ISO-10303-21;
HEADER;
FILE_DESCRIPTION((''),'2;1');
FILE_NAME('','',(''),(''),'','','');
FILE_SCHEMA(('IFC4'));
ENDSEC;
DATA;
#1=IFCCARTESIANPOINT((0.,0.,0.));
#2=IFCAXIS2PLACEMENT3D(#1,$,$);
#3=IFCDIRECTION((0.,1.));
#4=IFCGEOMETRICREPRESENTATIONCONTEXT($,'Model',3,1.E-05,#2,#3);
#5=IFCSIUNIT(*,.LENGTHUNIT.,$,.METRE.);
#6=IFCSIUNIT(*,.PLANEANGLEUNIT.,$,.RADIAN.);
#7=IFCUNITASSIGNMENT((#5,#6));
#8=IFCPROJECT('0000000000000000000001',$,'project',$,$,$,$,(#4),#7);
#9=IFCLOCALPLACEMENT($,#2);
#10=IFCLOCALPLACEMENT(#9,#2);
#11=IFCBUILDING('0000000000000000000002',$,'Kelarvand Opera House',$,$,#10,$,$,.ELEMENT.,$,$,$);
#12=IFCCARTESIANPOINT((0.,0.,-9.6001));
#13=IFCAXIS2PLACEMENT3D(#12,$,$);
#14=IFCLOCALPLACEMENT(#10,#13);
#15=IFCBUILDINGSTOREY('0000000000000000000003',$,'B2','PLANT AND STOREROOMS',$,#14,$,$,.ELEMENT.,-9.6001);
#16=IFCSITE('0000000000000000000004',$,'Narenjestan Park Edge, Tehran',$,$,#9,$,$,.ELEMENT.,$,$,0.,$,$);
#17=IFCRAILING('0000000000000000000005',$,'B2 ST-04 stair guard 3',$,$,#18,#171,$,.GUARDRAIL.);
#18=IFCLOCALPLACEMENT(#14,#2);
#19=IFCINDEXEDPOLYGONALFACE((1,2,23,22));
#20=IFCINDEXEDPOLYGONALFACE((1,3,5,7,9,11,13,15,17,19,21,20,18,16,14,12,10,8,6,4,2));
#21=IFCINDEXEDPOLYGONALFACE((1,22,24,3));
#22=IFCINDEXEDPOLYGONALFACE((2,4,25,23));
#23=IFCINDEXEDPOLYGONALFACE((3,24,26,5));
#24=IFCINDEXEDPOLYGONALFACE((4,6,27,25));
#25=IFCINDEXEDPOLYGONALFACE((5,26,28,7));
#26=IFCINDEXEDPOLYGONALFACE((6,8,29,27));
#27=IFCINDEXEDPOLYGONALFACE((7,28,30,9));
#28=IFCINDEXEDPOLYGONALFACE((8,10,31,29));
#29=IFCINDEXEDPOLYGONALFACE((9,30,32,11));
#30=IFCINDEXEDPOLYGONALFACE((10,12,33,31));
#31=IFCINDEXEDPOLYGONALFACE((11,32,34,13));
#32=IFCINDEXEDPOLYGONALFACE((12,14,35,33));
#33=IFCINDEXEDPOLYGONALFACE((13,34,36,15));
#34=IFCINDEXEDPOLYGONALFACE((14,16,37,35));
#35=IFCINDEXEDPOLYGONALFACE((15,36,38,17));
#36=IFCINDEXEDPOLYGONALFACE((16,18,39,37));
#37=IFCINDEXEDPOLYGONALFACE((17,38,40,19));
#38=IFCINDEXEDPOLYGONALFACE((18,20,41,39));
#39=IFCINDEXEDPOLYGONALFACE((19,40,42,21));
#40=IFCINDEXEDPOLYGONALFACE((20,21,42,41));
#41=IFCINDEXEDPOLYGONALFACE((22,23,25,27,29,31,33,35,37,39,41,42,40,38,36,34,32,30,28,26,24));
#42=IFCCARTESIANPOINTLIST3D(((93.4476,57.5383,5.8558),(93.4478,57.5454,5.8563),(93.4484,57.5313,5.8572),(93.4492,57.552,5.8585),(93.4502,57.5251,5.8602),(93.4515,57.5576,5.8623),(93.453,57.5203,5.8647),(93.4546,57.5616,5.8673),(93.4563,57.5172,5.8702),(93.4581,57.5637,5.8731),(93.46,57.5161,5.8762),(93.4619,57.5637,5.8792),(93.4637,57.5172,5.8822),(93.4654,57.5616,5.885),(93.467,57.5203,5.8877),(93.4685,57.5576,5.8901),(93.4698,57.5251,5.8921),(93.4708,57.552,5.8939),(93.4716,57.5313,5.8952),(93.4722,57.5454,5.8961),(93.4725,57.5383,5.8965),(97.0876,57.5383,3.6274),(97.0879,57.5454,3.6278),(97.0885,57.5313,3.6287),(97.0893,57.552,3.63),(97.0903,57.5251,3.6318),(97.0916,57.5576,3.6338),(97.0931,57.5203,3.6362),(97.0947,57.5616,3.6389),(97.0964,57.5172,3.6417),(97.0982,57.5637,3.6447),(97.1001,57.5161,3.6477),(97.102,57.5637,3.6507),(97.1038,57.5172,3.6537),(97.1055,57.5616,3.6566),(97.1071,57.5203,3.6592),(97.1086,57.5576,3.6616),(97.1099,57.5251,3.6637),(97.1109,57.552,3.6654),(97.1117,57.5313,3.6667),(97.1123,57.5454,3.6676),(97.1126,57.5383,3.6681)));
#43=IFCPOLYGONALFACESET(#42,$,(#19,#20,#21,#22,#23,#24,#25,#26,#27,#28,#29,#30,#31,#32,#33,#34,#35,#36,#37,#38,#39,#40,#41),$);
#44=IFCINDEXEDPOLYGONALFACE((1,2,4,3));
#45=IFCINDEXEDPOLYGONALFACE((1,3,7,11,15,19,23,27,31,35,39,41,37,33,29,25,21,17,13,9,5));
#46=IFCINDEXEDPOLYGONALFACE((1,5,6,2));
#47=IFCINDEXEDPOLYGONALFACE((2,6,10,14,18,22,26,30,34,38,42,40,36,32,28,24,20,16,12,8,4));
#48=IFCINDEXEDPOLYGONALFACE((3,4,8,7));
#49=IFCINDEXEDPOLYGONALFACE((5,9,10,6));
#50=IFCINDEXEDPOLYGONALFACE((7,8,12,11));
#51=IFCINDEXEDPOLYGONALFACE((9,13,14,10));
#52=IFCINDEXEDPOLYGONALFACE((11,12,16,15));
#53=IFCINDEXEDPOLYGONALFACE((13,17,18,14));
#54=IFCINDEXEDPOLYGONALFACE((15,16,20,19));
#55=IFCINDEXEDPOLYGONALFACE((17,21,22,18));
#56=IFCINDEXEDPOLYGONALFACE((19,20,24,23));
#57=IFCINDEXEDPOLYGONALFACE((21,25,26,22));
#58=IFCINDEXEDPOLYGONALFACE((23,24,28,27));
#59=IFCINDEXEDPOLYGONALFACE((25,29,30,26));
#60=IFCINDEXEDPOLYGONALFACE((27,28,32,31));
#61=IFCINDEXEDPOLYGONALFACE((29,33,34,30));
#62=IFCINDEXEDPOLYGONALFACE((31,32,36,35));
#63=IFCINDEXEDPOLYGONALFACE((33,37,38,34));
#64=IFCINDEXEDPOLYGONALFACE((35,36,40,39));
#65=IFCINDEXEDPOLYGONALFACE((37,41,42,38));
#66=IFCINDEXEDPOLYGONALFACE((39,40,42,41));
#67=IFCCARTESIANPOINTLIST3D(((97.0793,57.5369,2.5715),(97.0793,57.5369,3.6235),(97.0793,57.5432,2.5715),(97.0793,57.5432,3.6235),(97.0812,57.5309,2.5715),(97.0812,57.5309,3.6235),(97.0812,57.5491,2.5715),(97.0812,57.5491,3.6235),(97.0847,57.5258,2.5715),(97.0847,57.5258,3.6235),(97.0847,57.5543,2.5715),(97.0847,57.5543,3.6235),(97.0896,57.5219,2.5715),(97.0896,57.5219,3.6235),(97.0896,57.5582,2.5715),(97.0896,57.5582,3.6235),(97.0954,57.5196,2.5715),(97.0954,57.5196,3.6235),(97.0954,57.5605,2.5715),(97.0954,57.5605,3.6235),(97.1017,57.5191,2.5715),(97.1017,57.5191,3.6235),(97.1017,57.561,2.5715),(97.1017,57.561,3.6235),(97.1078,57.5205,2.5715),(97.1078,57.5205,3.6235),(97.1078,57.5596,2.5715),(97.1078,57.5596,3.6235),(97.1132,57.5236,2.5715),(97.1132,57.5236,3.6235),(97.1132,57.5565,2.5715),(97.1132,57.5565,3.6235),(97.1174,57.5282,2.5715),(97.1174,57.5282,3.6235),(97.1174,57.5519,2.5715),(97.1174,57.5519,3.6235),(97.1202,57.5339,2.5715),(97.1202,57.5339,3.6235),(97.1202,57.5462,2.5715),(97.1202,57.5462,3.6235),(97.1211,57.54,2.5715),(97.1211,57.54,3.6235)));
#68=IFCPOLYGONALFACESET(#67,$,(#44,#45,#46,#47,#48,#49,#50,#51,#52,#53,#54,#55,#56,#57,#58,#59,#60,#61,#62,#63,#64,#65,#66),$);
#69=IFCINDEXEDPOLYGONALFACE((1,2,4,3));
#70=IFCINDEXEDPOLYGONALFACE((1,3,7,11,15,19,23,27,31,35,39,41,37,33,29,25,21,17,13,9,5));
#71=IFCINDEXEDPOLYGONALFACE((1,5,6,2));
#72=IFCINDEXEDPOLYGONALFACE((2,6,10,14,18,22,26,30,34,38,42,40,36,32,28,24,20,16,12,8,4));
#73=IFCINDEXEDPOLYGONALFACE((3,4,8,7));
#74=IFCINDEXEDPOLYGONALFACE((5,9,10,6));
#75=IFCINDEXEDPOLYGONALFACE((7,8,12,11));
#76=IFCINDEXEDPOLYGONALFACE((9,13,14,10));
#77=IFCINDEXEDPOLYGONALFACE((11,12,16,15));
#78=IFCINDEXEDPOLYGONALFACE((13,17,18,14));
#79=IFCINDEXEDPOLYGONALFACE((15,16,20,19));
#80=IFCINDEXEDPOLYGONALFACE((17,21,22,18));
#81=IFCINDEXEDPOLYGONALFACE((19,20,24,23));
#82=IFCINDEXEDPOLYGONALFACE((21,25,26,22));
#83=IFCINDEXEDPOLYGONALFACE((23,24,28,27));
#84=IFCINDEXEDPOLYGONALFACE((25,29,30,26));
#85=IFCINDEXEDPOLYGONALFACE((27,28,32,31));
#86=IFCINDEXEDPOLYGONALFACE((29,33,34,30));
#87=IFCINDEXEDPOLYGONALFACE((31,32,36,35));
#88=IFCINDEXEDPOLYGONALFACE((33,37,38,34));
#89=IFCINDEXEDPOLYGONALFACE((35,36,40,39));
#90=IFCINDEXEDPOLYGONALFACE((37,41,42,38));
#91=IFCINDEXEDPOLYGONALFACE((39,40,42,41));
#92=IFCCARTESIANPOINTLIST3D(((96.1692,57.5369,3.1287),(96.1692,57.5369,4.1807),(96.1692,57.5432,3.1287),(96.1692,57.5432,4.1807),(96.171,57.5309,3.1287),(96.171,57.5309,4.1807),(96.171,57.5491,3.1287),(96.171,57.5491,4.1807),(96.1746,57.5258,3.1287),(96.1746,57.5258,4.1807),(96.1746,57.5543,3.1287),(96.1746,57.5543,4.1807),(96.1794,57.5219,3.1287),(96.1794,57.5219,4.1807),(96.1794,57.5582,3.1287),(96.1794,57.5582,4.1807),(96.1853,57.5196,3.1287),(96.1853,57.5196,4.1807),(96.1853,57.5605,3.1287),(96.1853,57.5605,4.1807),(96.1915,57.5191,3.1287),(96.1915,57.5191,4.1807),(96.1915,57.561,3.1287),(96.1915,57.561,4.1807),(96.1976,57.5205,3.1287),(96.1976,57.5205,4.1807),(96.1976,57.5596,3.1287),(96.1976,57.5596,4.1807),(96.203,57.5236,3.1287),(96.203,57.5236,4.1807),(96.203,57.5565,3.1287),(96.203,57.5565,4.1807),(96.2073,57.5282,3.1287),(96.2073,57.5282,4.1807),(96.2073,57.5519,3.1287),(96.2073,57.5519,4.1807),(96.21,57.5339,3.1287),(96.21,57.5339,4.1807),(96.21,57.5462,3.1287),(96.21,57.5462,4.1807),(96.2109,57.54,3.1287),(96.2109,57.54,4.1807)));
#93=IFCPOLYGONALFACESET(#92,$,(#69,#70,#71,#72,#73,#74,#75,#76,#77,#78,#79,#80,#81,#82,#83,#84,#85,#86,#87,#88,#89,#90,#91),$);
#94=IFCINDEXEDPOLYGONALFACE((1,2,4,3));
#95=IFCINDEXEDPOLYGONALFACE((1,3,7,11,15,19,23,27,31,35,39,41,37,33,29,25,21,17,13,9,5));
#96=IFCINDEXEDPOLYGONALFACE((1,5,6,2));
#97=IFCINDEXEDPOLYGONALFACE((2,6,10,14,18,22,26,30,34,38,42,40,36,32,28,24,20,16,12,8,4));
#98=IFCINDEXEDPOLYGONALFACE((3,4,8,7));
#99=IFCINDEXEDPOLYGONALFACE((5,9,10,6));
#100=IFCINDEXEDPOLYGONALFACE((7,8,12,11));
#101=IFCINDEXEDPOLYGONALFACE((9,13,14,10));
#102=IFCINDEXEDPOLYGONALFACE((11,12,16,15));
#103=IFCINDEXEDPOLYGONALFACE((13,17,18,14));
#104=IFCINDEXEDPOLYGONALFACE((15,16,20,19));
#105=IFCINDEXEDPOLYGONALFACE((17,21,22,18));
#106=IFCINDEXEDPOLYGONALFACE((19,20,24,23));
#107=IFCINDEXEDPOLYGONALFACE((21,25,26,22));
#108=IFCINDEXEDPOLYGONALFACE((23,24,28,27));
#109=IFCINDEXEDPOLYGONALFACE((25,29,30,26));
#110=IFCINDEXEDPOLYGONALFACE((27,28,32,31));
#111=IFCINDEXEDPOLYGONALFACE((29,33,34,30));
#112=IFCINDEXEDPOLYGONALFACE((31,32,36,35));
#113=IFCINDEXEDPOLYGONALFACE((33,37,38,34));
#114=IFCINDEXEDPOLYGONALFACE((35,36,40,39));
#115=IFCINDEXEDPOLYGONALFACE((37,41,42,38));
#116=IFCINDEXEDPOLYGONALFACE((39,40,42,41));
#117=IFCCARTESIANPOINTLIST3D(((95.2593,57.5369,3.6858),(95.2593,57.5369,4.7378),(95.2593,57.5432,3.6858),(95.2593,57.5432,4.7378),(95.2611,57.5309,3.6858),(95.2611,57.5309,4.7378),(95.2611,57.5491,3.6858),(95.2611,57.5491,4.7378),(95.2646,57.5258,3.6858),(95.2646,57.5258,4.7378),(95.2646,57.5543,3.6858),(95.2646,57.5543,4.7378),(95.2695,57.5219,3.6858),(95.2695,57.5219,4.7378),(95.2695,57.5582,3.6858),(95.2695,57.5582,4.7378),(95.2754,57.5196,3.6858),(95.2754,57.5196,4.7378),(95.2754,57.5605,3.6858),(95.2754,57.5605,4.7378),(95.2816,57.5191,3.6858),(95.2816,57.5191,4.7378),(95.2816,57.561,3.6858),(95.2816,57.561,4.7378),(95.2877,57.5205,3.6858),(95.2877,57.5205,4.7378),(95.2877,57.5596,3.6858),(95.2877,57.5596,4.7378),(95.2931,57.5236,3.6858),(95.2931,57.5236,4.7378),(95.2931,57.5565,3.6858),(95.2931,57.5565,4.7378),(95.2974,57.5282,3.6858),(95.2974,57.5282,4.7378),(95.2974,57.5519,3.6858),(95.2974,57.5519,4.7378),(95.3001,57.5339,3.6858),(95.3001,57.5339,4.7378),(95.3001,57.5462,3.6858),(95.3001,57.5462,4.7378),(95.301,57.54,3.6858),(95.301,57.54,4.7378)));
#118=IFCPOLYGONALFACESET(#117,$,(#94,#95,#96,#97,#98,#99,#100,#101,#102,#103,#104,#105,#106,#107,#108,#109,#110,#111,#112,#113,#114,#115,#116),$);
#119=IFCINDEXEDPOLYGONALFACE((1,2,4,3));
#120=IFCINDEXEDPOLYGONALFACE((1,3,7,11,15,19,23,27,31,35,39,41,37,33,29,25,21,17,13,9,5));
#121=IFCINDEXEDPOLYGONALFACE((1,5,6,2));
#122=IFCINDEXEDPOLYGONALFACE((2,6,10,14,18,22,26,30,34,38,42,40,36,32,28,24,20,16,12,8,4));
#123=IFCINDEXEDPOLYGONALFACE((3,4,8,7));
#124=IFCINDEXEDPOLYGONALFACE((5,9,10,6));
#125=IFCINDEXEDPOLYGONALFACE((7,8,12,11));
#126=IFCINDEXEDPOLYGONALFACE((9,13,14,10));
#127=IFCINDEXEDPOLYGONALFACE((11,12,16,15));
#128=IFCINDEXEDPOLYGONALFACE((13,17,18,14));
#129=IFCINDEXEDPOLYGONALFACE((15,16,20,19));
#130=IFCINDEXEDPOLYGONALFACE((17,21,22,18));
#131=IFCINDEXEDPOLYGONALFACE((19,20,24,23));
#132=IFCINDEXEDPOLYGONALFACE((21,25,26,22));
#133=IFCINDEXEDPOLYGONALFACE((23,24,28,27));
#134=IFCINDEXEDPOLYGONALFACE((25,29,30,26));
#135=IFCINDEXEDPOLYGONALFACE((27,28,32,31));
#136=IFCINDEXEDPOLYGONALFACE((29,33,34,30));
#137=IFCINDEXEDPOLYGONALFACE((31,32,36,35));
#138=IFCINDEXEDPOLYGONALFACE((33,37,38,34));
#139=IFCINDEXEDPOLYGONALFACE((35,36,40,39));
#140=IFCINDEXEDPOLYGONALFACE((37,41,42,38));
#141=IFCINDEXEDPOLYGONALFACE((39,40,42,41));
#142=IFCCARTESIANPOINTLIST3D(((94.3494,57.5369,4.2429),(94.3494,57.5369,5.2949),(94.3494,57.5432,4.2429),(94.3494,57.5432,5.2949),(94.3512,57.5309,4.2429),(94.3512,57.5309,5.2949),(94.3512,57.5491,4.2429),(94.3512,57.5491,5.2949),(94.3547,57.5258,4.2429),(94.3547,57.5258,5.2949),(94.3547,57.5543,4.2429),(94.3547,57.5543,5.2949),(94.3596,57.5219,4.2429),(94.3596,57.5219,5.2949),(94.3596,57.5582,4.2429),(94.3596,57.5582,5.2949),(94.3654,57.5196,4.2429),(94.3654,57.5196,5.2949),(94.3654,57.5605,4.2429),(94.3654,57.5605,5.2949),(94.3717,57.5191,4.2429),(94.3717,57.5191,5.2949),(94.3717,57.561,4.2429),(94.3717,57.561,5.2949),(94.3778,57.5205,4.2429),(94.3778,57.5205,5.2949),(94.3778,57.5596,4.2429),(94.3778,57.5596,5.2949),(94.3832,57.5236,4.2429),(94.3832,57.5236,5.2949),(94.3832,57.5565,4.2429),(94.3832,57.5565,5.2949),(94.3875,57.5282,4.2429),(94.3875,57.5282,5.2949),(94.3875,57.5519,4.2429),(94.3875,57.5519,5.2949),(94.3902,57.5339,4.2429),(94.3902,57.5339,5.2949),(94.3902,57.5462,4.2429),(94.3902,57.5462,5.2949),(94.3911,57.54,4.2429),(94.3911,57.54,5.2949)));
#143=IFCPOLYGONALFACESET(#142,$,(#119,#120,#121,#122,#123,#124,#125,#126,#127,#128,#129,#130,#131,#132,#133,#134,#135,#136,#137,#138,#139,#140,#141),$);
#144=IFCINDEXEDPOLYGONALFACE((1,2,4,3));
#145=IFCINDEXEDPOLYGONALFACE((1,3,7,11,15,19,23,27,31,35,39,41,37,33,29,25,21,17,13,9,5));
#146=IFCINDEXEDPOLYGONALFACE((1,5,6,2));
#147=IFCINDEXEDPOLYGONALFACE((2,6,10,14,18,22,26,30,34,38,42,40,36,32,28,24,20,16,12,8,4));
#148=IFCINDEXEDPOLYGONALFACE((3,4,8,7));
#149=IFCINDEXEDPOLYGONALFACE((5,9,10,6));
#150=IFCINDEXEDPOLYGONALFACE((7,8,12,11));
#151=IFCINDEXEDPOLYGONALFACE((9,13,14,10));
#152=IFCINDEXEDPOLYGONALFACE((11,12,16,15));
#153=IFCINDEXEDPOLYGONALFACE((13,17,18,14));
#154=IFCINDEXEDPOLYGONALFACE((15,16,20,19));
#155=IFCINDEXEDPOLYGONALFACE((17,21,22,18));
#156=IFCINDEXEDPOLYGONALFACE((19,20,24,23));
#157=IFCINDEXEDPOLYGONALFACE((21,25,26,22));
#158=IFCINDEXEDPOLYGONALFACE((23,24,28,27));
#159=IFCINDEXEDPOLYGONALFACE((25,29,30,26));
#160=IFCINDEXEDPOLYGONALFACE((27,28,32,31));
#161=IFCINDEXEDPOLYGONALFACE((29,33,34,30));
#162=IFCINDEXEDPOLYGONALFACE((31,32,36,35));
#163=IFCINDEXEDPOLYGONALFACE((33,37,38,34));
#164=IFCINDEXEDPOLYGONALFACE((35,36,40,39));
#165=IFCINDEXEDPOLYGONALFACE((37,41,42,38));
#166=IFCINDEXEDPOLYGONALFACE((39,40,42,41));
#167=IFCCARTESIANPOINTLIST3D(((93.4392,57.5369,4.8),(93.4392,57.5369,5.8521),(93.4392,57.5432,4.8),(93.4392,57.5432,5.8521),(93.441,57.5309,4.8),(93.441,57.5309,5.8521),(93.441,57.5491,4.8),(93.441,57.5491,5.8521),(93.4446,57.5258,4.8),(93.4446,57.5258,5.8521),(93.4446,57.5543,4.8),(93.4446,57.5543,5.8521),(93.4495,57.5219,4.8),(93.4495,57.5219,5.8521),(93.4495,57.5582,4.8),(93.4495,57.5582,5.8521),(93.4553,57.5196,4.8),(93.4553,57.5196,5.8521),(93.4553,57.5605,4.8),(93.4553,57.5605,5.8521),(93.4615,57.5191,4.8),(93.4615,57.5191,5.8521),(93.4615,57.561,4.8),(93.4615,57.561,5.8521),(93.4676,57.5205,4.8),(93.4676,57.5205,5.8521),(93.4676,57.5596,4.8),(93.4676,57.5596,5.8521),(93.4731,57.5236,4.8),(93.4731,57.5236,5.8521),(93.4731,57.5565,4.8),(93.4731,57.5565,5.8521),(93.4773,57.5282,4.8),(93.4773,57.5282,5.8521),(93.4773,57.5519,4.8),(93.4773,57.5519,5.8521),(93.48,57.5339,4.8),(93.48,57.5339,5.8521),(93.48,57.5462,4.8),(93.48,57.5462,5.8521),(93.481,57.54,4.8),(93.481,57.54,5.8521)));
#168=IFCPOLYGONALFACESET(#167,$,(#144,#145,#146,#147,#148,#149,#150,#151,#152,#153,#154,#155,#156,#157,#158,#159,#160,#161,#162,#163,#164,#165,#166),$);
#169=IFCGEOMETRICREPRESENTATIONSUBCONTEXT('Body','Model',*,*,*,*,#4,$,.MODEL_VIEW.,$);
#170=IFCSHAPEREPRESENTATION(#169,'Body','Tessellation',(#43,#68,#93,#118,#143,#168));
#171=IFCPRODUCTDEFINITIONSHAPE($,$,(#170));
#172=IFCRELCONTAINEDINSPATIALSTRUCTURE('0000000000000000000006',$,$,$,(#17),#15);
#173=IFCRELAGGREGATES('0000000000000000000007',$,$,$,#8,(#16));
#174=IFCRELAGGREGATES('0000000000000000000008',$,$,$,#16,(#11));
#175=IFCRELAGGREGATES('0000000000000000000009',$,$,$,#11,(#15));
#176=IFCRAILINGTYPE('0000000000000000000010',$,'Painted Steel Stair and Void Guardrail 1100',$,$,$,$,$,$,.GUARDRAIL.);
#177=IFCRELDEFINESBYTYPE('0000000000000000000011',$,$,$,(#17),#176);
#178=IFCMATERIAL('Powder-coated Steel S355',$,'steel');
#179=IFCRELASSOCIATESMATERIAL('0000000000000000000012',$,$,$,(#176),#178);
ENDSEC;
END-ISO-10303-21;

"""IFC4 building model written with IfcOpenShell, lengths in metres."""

from ifc_helpers import new_model, si_unit, direction, frame, origin, origin_2d, place, context, subcontext, project, spatial, circle, extrude, material, type_object, element, save


model = new_model("IFC4")

# Units and contexts
model_context = context("Model", 3, precision=1e-05, world=origin(), true_north=direction((0.0, 1.0)))
body_context = subcontext(model_context, "Body", "Model", "MODEL_VIEW")
ifc_project = project(units=[si_unit("LENGTHUNIT", "METRE"), si_unit("PLANEANGLEUNIT", "RADIAN")], contexts=[model_context])

# Site, building, storey
site_placement = place(None, origin())
site = spatial("IfcSite", under=ifc_project, at=site_placement, Name="Narenjestan Park Edge, Tehran", CompositionType="ELEMENT", RefElevation=0.0)
building_placement = place(site_placement, origin())
building = spatial("IfcBuilding", under=site, at=building_placement, Name="Kelarvand Opera House", CompositionType="ELEMENT")
storey_placement = place(building_placement, frame((0.0, 0.0, -9.6001)))
storey = spatial("IfcBuildingStorey", under=building, at=storey_placement, Name="B2", Description="PLANT AND STOREROOMS", CompositionType="ELEMENT", Elevation=-9.6001)

# Railing
ifc_material_1 = material(Name="Powder-coated Steel S355", Category="steel")
railing_type_1 = type_object("IfcRailingType", Name="Painted Steel Stair and Void Guardrail 1100", PredefinedType="GUARDRAIL", material=ifc_material_1)
railing_1_placement = place(storey_placement, frame((97.1001, 57.54, 2.5715)))
element("IfcRailing", 1, at=railing_1_placement, inside=storey, type_object=railing_type_1, Name="B2 ST-04 stair guard 3", PredefinedType="GUARDRAIL", context=body_context, shape_type="SweptSolid", body=[
    extrude(circle(Radius=0.0239, at=origin_2d()), frame((0.0, 0.0, 1.0762), z_axis=(-0.852866, 0.0, 0.52213), x_axis=(0.0, -1.0, 0.0)), (0.0, 0.0, 1.0), 4.2681),
    extrude(circle(Radius=0.021, at=origin_2d()), origin(), (0.0, 0.0, 1.0), 1.052),
    extrude(circle(Radius=0.021, at=origin_2d()), frame((-0.9102, 0.0, 0.5571)), (0.0, 0.0, 1.0), 1.052),
    extrude(circle(Radius=0.021, at=origin_2d()), frame((-1.8201, 0.0, 1.1143)), (0.0, 0.0, 1.0), 1.052),
    extrude(circle(Radius=0.021, at=origin_2d()), frame((-2.73, 0.0, 1.6714)), (0.0, 0.0, 1.0), 1.052),
    extrude(circle(Radius=0.021, at=origin_2d()), frame((-3.6401, 0.0, 2.2285)), (0.0, 0.0, 1.0), 1.052),
])

save(model, "model.ifc")
